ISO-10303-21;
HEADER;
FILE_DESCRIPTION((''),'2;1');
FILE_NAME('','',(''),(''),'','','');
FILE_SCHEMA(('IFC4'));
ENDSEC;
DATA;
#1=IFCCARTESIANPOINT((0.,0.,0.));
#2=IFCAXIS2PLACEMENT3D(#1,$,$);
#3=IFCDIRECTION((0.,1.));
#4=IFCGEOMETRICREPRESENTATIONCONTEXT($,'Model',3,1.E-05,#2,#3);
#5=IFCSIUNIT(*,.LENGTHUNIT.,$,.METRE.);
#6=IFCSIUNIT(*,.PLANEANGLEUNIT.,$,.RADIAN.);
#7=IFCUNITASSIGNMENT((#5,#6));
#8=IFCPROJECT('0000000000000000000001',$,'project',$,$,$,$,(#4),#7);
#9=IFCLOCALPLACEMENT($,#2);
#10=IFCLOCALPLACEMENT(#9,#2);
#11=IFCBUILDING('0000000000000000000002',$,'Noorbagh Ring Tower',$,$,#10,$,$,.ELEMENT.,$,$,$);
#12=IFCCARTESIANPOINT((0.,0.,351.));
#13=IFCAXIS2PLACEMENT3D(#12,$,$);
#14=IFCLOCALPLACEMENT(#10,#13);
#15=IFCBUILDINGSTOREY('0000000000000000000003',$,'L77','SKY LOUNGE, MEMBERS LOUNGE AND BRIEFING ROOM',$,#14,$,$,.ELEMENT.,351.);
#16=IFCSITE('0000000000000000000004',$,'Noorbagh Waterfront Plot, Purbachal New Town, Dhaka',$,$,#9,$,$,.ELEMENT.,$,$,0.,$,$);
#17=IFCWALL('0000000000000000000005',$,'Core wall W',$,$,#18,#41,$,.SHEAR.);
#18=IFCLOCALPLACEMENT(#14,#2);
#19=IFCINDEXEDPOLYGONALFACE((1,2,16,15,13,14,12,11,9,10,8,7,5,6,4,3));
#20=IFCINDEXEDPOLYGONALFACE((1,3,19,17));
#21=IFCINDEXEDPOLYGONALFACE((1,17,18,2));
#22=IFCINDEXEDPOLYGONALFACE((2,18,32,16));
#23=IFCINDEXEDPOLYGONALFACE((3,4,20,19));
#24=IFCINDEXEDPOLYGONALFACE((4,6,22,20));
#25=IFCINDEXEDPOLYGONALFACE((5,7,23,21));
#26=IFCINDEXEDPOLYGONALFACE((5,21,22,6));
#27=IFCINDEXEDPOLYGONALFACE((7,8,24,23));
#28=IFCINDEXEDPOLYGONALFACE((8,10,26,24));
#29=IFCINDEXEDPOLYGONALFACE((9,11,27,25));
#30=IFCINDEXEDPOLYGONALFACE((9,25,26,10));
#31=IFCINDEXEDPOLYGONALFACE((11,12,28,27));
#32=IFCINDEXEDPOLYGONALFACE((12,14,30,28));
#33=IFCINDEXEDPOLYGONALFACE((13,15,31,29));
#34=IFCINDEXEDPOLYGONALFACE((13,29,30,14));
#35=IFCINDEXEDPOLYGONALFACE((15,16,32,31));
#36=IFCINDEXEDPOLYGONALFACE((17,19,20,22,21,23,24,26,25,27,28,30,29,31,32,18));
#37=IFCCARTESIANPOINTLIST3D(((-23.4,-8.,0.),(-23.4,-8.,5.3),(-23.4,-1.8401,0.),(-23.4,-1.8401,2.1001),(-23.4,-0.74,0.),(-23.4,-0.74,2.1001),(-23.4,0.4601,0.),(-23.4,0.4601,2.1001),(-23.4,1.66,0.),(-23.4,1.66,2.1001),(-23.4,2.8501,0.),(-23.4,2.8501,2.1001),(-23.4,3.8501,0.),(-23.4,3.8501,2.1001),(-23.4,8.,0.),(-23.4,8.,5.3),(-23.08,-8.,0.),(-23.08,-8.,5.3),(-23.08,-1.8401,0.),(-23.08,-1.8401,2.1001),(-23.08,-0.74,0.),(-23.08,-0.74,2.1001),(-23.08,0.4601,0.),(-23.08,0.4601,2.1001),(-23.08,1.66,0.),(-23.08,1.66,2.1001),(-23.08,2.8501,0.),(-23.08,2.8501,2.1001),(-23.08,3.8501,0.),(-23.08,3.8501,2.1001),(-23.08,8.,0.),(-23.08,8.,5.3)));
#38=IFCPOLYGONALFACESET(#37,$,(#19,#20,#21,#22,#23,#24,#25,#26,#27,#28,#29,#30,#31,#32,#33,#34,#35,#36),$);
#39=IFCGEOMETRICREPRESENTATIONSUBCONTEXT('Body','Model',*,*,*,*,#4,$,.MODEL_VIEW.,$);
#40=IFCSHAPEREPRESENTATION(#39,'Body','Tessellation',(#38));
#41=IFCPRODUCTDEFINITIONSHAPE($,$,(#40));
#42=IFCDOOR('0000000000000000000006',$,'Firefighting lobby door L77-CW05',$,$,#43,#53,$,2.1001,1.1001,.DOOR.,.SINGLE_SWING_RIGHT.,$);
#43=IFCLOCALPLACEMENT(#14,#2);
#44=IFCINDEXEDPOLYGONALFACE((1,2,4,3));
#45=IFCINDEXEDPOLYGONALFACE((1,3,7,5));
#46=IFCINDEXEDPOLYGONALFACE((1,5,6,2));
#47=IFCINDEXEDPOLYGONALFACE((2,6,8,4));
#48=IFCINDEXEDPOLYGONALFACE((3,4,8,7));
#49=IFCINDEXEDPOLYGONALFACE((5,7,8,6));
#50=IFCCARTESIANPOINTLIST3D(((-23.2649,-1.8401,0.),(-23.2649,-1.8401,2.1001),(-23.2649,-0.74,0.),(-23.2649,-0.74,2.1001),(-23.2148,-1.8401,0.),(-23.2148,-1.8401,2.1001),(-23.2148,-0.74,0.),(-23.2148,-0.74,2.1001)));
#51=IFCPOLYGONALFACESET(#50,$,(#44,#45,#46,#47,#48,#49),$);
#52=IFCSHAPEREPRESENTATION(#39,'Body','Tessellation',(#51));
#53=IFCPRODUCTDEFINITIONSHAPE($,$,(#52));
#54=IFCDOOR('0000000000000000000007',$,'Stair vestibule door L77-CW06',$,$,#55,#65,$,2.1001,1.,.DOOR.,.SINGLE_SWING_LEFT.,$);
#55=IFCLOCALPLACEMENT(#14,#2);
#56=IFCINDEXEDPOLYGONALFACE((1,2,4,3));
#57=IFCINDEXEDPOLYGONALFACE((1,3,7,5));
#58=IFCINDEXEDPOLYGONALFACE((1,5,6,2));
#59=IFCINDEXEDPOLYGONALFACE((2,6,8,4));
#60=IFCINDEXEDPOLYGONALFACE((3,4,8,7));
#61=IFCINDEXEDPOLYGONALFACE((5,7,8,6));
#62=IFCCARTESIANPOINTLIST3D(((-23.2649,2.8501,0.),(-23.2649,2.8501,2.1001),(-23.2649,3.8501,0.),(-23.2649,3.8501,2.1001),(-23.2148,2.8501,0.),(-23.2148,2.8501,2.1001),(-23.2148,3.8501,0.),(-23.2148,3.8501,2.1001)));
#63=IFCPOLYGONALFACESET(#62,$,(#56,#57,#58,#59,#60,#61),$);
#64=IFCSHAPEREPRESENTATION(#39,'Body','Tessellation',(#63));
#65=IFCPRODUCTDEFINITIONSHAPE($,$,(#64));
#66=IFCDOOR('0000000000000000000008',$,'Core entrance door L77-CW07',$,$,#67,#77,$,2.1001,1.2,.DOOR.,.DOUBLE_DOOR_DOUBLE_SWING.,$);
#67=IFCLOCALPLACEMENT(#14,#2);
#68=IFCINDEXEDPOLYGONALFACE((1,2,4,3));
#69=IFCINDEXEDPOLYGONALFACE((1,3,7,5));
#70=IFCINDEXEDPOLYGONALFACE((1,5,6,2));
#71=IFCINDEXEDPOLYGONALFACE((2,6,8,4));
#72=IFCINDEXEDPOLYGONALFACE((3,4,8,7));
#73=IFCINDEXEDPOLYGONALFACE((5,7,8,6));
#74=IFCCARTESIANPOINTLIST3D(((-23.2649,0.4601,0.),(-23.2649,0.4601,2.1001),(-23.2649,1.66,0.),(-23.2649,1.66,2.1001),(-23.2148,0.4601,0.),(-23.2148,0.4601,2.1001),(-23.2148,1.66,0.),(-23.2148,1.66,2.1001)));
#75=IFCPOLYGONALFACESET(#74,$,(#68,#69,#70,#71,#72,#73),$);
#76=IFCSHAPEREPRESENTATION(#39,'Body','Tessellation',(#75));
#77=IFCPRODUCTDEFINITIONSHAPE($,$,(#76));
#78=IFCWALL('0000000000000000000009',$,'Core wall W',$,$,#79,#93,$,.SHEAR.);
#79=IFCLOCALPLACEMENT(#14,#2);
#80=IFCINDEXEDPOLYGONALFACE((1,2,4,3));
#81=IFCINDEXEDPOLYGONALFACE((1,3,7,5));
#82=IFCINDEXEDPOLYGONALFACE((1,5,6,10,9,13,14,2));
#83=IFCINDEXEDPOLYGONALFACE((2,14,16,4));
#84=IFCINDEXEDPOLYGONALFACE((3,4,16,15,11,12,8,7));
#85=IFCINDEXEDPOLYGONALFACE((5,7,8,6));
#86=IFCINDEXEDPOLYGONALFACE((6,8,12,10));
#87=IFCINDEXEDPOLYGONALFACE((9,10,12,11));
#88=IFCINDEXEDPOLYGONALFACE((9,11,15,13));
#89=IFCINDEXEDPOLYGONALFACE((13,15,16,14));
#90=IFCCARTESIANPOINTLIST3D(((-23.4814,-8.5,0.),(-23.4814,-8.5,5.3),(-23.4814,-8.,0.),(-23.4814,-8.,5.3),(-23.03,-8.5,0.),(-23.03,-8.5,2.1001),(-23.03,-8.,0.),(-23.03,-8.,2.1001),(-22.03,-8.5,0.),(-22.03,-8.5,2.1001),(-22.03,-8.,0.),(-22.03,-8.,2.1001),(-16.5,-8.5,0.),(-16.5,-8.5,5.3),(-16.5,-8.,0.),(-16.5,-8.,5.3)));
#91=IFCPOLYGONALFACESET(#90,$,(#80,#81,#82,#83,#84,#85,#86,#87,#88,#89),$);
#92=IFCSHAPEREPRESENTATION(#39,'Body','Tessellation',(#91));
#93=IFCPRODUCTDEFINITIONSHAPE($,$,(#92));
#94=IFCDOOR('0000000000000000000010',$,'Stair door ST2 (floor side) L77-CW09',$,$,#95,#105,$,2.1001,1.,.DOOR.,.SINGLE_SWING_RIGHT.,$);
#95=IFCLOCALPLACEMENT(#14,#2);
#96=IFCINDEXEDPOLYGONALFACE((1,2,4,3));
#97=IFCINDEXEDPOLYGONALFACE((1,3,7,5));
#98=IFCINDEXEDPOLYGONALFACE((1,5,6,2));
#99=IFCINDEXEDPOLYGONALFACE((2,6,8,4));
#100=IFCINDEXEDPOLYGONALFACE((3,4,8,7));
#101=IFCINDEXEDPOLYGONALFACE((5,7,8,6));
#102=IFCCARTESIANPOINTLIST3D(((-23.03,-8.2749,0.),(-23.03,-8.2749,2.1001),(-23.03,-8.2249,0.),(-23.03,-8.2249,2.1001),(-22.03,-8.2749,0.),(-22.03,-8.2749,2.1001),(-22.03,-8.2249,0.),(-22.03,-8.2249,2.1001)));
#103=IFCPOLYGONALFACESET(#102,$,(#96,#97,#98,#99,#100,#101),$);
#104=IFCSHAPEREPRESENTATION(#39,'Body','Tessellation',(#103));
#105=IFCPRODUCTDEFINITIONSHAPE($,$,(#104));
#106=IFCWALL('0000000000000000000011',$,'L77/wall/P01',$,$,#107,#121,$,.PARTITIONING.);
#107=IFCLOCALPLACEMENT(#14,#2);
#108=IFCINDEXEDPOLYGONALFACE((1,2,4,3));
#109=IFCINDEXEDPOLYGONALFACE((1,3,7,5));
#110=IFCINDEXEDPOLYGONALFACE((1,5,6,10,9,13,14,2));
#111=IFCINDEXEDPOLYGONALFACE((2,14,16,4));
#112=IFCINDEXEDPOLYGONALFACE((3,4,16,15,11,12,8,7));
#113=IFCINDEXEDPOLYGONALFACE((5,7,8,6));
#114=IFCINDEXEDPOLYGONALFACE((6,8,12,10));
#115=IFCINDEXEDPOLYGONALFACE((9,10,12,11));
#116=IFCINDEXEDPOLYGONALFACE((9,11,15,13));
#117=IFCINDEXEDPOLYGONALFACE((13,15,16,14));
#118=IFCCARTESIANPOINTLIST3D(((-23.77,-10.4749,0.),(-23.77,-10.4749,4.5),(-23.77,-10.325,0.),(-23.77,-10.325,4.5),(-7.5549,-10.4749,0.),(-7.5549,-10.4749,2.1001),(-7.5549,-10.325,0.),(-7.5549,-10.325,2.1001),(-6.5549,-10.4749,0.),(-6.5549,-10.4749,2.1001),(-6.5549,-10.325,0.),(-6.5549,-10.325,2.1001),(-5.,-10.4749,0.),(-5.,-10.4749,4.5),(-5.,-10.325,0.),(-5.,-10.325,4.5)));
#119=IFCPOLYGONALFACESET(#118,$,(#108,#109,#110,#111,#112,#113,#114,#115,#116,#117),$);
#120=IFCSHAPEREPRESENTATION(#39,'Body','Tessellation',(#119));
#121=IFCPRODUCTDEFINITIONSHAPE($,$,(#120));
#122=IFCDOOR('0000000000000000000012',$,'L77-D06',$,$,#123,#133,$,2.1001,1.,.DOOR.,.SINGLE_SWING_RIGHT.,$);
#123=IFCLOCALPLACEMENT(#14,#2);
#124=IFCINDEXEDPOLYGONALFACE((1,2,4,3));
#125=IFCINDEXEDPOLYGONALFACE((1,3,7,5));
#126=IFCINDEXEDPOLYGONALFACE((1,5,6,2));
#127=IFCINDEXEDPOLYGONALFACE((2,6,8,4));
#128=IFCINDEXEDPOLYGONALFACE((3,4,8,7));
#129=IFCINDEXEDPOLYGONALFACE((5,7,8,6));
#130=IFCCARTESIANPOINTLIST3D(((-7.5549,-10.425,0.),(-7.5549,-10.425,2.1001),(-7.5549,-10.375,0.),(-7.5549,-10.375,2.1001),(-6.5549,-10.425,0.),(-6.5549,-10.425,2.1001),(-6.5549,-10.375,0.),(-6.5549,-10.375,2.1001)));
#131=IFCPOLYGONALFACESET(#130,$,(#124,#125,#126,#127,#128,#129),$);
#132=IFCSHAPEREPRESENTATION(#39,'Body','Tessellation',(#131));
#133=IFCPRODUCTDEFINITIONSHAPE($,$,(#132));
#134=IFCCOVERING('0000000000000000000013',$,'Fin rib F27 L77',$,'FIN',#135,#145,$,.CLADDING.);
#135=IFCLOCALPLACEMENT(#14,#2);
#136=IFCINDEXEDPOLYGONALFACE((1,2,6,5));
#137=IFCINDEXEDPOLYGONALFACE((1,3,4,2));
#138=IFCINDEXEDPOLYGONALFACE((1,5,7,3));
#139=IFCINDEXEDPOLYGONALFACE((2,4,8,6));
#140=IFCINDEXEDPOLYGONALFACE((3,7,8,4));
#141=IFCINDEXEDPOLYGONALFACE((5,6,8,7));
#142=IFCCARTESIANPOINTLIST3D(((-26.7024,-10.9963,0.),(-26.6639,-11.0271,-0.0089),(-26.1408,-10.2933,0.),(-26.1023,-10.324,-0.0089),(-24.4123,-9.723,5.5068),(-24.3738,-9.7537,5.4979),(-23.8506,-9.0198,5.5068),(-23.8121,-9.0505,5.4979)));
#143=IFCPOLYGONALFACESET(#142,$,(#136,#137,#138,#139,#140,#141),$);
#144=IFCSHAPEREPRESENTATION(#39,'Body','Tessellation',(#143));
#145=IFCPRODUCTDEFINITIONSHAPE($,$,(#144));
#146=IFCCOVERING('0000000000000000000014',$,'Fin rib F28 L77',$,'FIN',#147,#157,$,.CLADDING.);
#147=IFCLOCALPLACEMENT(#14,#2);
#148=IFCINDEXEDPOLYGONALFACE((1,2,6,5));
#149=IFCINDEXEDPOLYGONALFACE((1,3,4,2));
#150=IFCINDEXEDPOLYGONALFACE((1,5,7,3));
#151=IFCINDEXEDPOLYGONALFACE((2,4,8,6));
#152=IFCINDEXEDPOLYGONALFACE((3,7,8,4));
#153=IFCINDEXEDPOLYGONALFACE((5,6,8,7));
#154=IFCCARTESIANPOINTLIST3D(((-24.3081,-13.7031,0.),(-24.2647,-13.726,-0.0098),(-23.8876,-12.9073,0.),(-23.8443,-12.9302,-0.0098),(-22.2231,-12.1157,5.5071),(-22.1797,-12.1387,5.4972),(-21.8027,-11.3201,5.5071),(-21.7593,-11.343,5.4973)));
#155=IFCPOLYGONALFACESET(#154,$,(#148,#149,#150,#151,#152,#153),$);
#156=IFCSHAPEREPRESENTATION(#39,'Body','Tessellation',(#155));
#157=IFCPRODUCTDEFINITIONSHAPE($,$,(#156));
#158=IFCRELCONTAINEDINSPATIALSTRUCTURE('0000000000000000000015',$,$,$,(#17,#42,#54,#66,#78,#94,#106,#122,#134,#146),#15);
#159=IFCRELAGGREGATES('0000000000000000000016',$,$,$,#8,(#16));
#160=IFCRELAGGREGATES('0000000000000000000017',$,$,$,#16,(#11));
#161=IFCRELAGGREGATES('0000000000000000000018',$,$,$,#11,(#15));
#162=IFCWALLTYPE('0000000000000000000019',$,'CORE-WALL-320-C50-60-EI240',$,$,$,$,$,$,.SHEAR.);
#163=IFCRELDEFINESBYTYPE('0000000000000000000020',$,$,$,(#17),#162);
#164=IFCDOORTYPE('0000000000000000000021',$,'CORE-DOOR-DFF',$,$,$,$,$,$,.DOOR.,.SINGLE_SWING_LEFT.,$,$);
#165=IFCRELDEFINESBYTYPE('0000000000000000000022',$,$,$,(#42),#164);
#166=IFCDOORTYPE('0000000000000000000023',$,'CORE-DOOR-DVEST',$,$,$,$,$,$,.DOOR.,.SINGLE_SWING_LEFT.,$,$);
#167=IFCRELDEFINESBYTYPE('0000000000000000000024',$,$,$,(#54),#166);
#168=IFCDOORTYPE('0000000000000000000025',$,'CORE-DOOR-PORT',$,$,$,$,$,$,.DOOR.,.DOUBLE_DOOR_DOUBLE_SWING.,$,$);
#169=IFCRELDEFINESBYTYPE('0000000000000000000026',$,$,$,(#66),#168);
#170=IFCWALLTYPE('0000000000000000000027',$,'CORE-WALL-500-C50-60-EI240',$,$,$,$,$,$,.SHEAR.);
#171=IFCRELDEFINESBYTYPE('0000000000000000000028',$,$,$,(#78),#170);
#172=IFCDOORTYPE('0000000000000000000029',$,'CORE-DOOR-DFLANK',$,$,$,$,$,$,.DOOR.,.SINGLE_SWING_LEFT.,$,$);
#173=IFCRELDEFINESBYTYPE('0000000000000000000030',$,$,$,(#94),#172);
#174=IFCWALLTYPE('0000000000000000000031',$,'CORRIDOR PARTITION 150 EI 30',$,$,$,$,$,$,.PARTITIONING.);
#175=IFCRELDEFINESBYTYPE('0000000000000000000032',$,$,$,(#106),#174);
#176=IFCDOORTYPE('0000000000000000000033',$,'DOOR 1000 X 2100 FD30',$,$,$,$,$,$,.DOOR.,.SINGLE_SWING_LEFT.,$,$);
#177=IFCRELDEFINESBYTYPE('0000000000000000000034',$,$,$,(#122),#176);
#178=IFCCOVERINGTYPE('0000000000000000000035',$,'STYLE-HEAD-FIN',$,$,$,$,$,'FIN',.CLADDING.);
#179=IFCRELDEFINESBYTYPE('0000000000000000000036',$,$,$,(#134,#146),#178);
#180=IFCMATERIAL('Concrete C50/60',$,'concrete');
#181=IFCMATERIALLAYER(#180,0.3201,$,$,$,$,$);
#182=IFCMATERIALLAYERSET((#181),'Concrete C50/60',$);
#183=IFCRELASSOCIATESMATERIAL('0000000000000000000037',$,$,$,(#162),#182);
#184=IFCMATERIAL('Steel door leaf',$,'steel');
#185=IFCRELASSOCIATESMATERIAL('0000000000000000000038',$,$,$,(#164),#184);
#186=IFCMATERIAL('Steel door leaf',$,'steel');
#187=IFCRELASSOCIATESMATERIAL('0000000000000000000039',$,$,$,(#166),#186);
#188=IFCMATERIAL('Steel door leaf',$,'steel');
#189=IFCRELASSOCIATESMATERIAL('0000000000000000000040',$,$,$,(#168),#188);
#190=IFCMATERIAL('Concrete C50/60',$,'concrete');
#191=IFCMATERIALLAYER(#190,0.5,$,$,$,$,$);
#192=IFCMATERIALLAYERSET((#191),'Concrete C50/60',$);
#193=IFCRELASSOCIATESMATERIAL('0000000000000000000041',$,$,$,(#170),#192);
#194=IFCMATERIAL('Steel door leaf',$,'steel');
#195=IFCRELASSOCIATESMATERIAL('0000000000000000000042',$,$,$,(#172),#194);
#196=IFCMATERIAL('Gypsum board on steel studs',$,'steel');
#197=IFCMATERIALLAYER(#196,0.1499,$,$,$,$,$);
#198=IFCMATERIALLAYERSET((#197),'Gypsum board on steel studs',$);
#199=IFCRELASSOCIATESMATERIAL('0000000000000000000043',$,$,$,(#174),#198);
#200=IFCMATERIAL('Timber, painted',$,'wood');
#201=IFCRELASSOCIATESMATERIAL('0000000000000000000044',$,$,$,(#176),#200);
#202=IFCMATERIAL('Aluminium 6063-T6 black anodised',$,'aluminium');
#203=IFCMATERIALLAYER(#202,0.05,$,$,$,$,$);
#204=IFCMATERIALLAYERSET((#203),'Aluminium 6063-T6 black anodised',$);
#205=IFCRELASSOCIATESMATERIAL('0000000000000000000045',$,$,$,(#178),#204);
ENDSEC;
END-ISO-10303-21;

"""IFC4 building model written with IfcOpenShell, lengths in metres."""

from ifc_helpers import new_model, si_unit, direction, frame, frame_2d, origin, place, context, subcontext, project, spatial, polyline, rectangle, outline, extrude, material, layer, layer_set, type_object, element, fill, save


model = new_model("IFC4")

# Units and contexts
model_context = context("Model", 3, precision=1e-05, world=origin(), true_north=direction((0.0, 1.0)))
body_context = subcontext(model_context, "Body", "Model", "MODEL_VIEW")
ifc_project = project(units=[si_unit("LENGTHUNIT", "METRE"), si_unit("PLANEANGLEUNIT", "RADIAN")], contexts=[model_context])

# Site, building, storey
site_placement = place(None, origin())
site = spatial("IfcSite", under=ifc_project, at=site_placement, Name="Noorbagh Waterfront Plot, Purbachal New Town, Dhaka", CompositionType="ELEMENT", RefElevation=0.0)
building_placement = place(site_placement, origin())
building = spatial("IfcBuilding", under=site, at=building_placement, Name="Noorbagh Ring Tower", CompositionType="ELEMENT")
storey_placement = place(building_placement, frame((0.0, 0.0, 351.0)))
storey = spatial("IfcBuildingStorey", under=building, at=storey_placement, Name="L77", Description="SKY LOUNGE, MEMBERS LOUNGE AND BRIEFING ROOM", CompositionType="ELEMENT", Elevation=351.0)

# Wall, openings, doors
ifc_material_1 = material(Name="Concrete C50/60", Category="concrete")
ifc_layer_1 = layer(ifc_material_1, 0.3201)
ifc_layer_set_1 = layer_set([ifc_layer_1], Name="Concrete C50/60")
wall_type_1 = type_object("IfcWallType", Name="CORE-WALL-320-C50-60-EI240", PredefinedType="SHEAR", material=ifc_layer_set_1)
wall_1_placement = place(storey_placement, frame((-23.24, -8.0, 0.0), z_axis=(0.0, 0.0, 1.0), x_axis=(0.0, 1.0, 0.0)))
wall_1 = element("IfcWall", 1, at=wall_1_placement, inside=storey, type_object=wall_type_1, Name="Core wall W", PredefinedType="SHEAR", context=body_context, shape_type="SweptSolid", body=[
    extrude(rectangle(XDim=16.0, YDim=0.3201, at=frame_2d((8.0, 0.0))), origin(), (0.0, 0.0, 1.0), 5.3),
])
opening_1_placement = place(wall_1_placement, frame((6.1599, 0.0, 0.0)))
opening_1 = element("IfcOpeningElement", 2, at=opening_1_placement, cuts=wall_1, PredefinedType="OPENING", context=body_context, shape_type="SweptSolid", body=[
    extrude(rectangle(XDim=1.1001, YDim=2.1001, at=frame_2d((0.55, 1.05))), frame((0.0, 0.1699, 0.0), z_axis=(0.0, -1.0, 0.0), x_axis=(1.0, 0.0, 0.0)), (0.0, 0.0, 1.0), 0.3401),
])
opening_2_placement = place(wall_1_placement, frame((10.8501, 0.0, 0.0)))
opening_2 = element("IfcOpeningElement", 3, at=opening_2_placement, cuts=wall_1, PredefinedType="OPENING", context=body_context, shape_type="SweptSolid", body=[
    extrude(rectangle(XDim=1.0, YDim=2.1001, at=frame_2d((0.5, 1.05))), frame((0.0, 0.1699, 0.0), z_axis=(0.0, -1.0, 0.0), x_axis=(1.0, 0.0, 0.0)), (0.0, 0.0, 1.0), 0.3401),
])
opening_3_placement = place(wall_1_placement, frame((8.46, 0.0, 0.0)))
opening_3 = element("IfcOpeningElement", 4, at=opening_3_placement, cuts=wall_1, PredefinedType="OPENING", context=body_context, shape_type="SweptSolid", body=[
    extrude(rectangle(XDim=1.2, YDim=2.1001, at=frame_2d((0.6001, 1.05))), frame((0.0, 0.1699, 0.0), z_axis=(0.0, -1.0, 0.0), x_axis=(1.0, 0.0, 0.0)), (0.0, 0.0, 1.0), 0.3401),
])
ifc_material_2 = material(Name="Steel door leaf", Category="steel")
door_type_1 = type_object("IfcDoorType", Name="CORE-DOOR-DFF", OperationType="SINGLE_SWING_LEFT", PredefinedType="DOOR", material=ifc_material_2)
door_1_placement = place(opening_1_placement, origin())
door_1 = element("IfcDoor", 5, at=door_1_placement, inside=storey, type_object=door_type_1, Name="Firefighting lobby door L77-CW05", OperationType="SINGLE_SWING_RIGHT", OverallHeight=2.1001, OverallWidth=1.1001, PredefinedType="DOOR", context=body_context, shape_type="SweptSolid", body=[
    extrude(rectangle(XDim=1.1001, YDim=2.1001, at=frame_2d((0.55, 1.05))), frame((0.0, 0.0249, 0.0), z_axis=(0.0, -1.0, 0.0), x_axis=(1.0, 0.0, 0.0)), (0.0, 0.0, 1.0), 0.05),
])
fill(opening_1, door_1)
ifc_material_3 = material(Name="Steel door leaf", Category="steel")
door_type_2 = type_object("IfcDoorType", Name="CORE-DOOR-DVEST", OperationType="SINGLE_SWING_LEFT", PredefinedType="DOOR", material=ifc_material_3)
door_2_placement = place(opening_2_placement, origin())
door_2 = element("IfcDoor", 6, at=door_2_placement, inside=storey, type_object=door_type_2, Name="Stair vestibule door L77-CW06", OperationType="SINGLE_SWING_LEFT", OverallHeight=2.1001, OverallWidth=1.0, PredefinedType="DOOR", context=body_context, shape_type="SweptSolid", body=[
    extrude(rectangle(XDim=1.0, YDim=2.1001, at=frame_2d((0.5, 1.05))), frame((0.0, 0.0249, 0.0), z_axis=(0.0, -1.0, 0.0), x_axis=(1.0, 0.0, 0.0)), (0.0, 0.0, 1.0), 0.05),
])
fill(opening_2, door_2)
ifc_material_4 = material(Name="Steel door leaf", Category="steel")
door_type_3 = type_object("IfcDoorType", Name="CORE-DOOR-PORT", OperationType="DOUBLE_DOOR_DOUBLE_SWING", PredefinedType="DOOR", material=ifc_material_4)
door_3_placement = place(opening_3_placement, origin())
door_3 = element("IfcDoor", 7, at=door_3_placement, inside=storey, type_object=door_type_3, Name="Core entrance door L77-CW07", OperationType="DOUBLE_DOOR_DOUBLE_SWING", OverallHeight=2.1001, OverallWidth=1.2, PredefinedType="DOOR", context=body_context, shape_type="SweptSolid", body=[
    extrude(rectangle(XDim=1.2, YDim=2.1001, at=frame_2d((0.6001, 1.05))), frame((0.0, 0.0249, 0.0), z_axis=(0.0, -1.0, 0.0), x_axis=(1.0, 0.0, 0.0)), (0.0, 0.0, 1.0), 0.05),
])
fill(opening_3, door_3)

# Walls, openings, doors
ifc_material_5 = material(Name="Concrete C50/60", Category="concrete")
ifc_layer_2 = layer(ifc_material_5, 0.5)
ifc_layer_set_2 = layer_set([ifc_layer_2], Name="Concrete C50/60")
wall_type_2 = type_object("IfcWallType", Name="CORE-WALL-500-C50-60-EI240", PredefinedType="SHEAR", material=ifc_layer_set_2)
wall_2_placement = place(storey_placement, frame((-16.5, -8.25, 0.0), z_axis=(0.0, 0.0, 1.0), x_axis=(-1.0, 0.0, 0.0)))
wall_2 = element("IfcWall", 8, at=wall_2_placement, inside=storey, type_object=wall_type_2, Name="Core wall W", PredefinedType="SHEAR", context=body_context, shape_type="SweptSolid", body=[
    extrude(rectangle(XDim=6.9814, YDim=0.5, at=frame_2d((3.4907, 0.0))), origin(), (0.0, 0.0, 1.0), 5.3),
])
opening_4_placement = place(wall_2_placement, frame((5.53, 0.0, 0.0)))
opening_4 = element("IfcOpeningElement", 9, at=opening_4_placement, cuts=wall_2, PredefinedType="OPENING", context=body_context, shape_type="SweptSolid", body=[
    extrude(rectangle(XDim=1.0, YDim=2.1001, at=frame_2d((0.5, 1.05))), frame((0.0, 0.26, 0.0), z_axis=(0.0, -1.0, 0.0), x_axis=(1.0, 0.0, 0.0)), (0.0, 0.0, 1.0), 0.52),
])
ifc_material_6 = material(Name="Steel door leaf", Category="steel")
door_type_4 = type_object("IfcDoorType", Name="CORE-DOOR-DFLANK", OperationType="SINGLE_SWING_LEFT", PredefinedType="DOOR", material=ifc_material_6)
door_4_placement = place(opening_4_placement, origin())
door_4 = element("IfcDoor", 10, at=door_4_placement, inside=storey, type_object=door_type_4, Name="Stair door ST2 (floor side) L77-CW09", OperationType="SINGLE_SWING_RIGHT", OverallHeight=2.1001, OverallWidth=1.0, PredefinedType="DOOR", context=body_context, shape_type="SweptSolid", body=[
    extrude(rectangle(XDim=1.0, YDim=2.1001, at=frame_2d((0.5, 1.05))), frame((0.0, 0.0249, 0.0), z_axis=(0.0, -1.0, 0.0), x_axis=(1.0, 0.0, 0.0)), (0.0, 0.0, 1.0), 0.05),
])
fill(opening_4, door_4)
ifc_material_7 = material(Name="Gypsum board on steel studs", Category="steel")
ifc_layer_3 = layer(ifc_material_7, 0.1499)
ifc_layer_set_3 = layer_set([ifc_layer_3], Name="Gypsum board on steel studs")
wall_type_3 = type_object("IfcWallType", Name="CORRIDOR PARTITION 150 EI 30", PredefinedType="PARTITIONING", material=ifc_layer_set_3)
wall_3_placement = place(storey_placement, frame((-23.77, -10.3999, 0.0), z_axis=(0.0, 0.0, 1.0), x_axis=(1.0, 0.0, 0.0)))
wall_3 = element("IfcWall", 11, at=wall_3_placement, inside=storey, type_object=wall_type_3, Name="L77/wall/P01", PredefinedType="PARTITIONING", context=body_context, shape_type="SweptSolid", body=[
    extrude(rectangle(XDim=18.77, YDim=0.1499, at=frame_2d((9.385, 0.0))), origin(), (0.0, 0.0, 1.0), 4.5),
])
opening_5_placement = place(wall_3_placement, frame((16.2151, 0.0, 0.0)))
opening_5 = element("IfcOpeningElement", 12, at=opening_5_placement, cuts=wall_3, PredefinedType="OPENING", context=body_context, shape_type="SweptSolid", body=[
    extrude(rectangle(XDim=1.0, YDim=2.1001, at=frame_2d((0.5, 1.05))), frame((0.0, 0.085, 0.0), z_axis=(0.0, -1.0, 0.0), x_axis=(1.0, 0.0, 0.0)), (0.0, 0.0, 1.0), 0.1699),
])
ifc_material_8 = material(Name="Timber, painted", Category="wood")
door_type_5 = type_object("IfcDoorType", Name="DOOR 1000 X 2100 FD30", OperationType="SINGLE_SWING_LEFT", PredefinedType="DOOR", material=ifc_material_8)
door_5_placement = place(opening_5_placement, origin())
door_5 = element("IfcDoor", 13, at=door_5_placement, inside=storey, type_object=door_type_5, Name="L77-D06", OperationType="SINGLE_SWING_RIGHT", OverallHeight=2.1001, OverallWidth=1.0, PredefinedType="DOOR", context=body_context, shape_type="SweptSolid", body=[
    extrude(rectangle(XDim=1.0, YDim=2.1001, at=frame_2d((0.5, 1.05))), frame((0.0, 0.0249, 0.0), z_axis=(0.0, -1.0, 0.0), x_axis=(1.0, 0.0, 0.0)), (0.0, 0.0, 1.0), 0.05),
])
fill(opening_5, door_5)

# Coverings
ifc_material_9 = material(Name="Aluminium 6063-T6 black anodised", Category="aluminium")
ifc_layer_4 = layer(ifc_material_9, 0.05)
ifc_layer_set_4 = layer_set([ifc_layer_4], Name="Aluminium 6063-T6 black anodised")
covering_type_1 = type_object("IfcCoveringType", Name="STYLE-HEAD-FIN", ElementType="FIN", PredefinedType="CLADDING", material=ifc_layer_set_4)
covering_1_placement = place(storey_placement, frame((-26.7024, -10.9963, 0.0), z_axis=(-0.768891, 0.614179, 0.177737), x_axis=(0.375523, 0.208804, 0.902986)))
element("IfcCovering", 14, at=covering_1_placement, inside=storey, type_object=covering_type_1, Name="Fin rib F27 L77", ObjectType="FIN", PredefinedType="CLADDING", context=body_context, shape_type="SweptSolid", body=[
    extrude(outline(polyline([(0.0, 0.0), (6.0985, 0.0), (6.4562, 0.8258), (0.3577, 0.8257), (0.0, 0.0)])), origin(), (0.0, 0.0, -1.0), 0.05),
])
covering_2_placement = place(storey_placement, frame((-24.3081, -13.7031, 0.0), z_axis=(-0.867004, 0.45804, 0.196226), x_axis=(0.341874, 0.260279, 0.902982)))
element("IfcCovering", 15, at=covering_2_placement, inside=storey, type_object=covering_type_1, Name="Fin rib F28 L77", ObjectType="FIN", PredefinedType="CLADDING", context=body_context, shape_type="SweptSolid", body=[
    extrude(outline(polyline([(0.0, 0.0), (6.0988, 0.0), (6.4496, 0.8287), (0.3509, 0.8289), (0.0, 0.0)])), origin(), (0.0, 0.0, -1.0), 0.05),
])

save(model, "model.ifc")
